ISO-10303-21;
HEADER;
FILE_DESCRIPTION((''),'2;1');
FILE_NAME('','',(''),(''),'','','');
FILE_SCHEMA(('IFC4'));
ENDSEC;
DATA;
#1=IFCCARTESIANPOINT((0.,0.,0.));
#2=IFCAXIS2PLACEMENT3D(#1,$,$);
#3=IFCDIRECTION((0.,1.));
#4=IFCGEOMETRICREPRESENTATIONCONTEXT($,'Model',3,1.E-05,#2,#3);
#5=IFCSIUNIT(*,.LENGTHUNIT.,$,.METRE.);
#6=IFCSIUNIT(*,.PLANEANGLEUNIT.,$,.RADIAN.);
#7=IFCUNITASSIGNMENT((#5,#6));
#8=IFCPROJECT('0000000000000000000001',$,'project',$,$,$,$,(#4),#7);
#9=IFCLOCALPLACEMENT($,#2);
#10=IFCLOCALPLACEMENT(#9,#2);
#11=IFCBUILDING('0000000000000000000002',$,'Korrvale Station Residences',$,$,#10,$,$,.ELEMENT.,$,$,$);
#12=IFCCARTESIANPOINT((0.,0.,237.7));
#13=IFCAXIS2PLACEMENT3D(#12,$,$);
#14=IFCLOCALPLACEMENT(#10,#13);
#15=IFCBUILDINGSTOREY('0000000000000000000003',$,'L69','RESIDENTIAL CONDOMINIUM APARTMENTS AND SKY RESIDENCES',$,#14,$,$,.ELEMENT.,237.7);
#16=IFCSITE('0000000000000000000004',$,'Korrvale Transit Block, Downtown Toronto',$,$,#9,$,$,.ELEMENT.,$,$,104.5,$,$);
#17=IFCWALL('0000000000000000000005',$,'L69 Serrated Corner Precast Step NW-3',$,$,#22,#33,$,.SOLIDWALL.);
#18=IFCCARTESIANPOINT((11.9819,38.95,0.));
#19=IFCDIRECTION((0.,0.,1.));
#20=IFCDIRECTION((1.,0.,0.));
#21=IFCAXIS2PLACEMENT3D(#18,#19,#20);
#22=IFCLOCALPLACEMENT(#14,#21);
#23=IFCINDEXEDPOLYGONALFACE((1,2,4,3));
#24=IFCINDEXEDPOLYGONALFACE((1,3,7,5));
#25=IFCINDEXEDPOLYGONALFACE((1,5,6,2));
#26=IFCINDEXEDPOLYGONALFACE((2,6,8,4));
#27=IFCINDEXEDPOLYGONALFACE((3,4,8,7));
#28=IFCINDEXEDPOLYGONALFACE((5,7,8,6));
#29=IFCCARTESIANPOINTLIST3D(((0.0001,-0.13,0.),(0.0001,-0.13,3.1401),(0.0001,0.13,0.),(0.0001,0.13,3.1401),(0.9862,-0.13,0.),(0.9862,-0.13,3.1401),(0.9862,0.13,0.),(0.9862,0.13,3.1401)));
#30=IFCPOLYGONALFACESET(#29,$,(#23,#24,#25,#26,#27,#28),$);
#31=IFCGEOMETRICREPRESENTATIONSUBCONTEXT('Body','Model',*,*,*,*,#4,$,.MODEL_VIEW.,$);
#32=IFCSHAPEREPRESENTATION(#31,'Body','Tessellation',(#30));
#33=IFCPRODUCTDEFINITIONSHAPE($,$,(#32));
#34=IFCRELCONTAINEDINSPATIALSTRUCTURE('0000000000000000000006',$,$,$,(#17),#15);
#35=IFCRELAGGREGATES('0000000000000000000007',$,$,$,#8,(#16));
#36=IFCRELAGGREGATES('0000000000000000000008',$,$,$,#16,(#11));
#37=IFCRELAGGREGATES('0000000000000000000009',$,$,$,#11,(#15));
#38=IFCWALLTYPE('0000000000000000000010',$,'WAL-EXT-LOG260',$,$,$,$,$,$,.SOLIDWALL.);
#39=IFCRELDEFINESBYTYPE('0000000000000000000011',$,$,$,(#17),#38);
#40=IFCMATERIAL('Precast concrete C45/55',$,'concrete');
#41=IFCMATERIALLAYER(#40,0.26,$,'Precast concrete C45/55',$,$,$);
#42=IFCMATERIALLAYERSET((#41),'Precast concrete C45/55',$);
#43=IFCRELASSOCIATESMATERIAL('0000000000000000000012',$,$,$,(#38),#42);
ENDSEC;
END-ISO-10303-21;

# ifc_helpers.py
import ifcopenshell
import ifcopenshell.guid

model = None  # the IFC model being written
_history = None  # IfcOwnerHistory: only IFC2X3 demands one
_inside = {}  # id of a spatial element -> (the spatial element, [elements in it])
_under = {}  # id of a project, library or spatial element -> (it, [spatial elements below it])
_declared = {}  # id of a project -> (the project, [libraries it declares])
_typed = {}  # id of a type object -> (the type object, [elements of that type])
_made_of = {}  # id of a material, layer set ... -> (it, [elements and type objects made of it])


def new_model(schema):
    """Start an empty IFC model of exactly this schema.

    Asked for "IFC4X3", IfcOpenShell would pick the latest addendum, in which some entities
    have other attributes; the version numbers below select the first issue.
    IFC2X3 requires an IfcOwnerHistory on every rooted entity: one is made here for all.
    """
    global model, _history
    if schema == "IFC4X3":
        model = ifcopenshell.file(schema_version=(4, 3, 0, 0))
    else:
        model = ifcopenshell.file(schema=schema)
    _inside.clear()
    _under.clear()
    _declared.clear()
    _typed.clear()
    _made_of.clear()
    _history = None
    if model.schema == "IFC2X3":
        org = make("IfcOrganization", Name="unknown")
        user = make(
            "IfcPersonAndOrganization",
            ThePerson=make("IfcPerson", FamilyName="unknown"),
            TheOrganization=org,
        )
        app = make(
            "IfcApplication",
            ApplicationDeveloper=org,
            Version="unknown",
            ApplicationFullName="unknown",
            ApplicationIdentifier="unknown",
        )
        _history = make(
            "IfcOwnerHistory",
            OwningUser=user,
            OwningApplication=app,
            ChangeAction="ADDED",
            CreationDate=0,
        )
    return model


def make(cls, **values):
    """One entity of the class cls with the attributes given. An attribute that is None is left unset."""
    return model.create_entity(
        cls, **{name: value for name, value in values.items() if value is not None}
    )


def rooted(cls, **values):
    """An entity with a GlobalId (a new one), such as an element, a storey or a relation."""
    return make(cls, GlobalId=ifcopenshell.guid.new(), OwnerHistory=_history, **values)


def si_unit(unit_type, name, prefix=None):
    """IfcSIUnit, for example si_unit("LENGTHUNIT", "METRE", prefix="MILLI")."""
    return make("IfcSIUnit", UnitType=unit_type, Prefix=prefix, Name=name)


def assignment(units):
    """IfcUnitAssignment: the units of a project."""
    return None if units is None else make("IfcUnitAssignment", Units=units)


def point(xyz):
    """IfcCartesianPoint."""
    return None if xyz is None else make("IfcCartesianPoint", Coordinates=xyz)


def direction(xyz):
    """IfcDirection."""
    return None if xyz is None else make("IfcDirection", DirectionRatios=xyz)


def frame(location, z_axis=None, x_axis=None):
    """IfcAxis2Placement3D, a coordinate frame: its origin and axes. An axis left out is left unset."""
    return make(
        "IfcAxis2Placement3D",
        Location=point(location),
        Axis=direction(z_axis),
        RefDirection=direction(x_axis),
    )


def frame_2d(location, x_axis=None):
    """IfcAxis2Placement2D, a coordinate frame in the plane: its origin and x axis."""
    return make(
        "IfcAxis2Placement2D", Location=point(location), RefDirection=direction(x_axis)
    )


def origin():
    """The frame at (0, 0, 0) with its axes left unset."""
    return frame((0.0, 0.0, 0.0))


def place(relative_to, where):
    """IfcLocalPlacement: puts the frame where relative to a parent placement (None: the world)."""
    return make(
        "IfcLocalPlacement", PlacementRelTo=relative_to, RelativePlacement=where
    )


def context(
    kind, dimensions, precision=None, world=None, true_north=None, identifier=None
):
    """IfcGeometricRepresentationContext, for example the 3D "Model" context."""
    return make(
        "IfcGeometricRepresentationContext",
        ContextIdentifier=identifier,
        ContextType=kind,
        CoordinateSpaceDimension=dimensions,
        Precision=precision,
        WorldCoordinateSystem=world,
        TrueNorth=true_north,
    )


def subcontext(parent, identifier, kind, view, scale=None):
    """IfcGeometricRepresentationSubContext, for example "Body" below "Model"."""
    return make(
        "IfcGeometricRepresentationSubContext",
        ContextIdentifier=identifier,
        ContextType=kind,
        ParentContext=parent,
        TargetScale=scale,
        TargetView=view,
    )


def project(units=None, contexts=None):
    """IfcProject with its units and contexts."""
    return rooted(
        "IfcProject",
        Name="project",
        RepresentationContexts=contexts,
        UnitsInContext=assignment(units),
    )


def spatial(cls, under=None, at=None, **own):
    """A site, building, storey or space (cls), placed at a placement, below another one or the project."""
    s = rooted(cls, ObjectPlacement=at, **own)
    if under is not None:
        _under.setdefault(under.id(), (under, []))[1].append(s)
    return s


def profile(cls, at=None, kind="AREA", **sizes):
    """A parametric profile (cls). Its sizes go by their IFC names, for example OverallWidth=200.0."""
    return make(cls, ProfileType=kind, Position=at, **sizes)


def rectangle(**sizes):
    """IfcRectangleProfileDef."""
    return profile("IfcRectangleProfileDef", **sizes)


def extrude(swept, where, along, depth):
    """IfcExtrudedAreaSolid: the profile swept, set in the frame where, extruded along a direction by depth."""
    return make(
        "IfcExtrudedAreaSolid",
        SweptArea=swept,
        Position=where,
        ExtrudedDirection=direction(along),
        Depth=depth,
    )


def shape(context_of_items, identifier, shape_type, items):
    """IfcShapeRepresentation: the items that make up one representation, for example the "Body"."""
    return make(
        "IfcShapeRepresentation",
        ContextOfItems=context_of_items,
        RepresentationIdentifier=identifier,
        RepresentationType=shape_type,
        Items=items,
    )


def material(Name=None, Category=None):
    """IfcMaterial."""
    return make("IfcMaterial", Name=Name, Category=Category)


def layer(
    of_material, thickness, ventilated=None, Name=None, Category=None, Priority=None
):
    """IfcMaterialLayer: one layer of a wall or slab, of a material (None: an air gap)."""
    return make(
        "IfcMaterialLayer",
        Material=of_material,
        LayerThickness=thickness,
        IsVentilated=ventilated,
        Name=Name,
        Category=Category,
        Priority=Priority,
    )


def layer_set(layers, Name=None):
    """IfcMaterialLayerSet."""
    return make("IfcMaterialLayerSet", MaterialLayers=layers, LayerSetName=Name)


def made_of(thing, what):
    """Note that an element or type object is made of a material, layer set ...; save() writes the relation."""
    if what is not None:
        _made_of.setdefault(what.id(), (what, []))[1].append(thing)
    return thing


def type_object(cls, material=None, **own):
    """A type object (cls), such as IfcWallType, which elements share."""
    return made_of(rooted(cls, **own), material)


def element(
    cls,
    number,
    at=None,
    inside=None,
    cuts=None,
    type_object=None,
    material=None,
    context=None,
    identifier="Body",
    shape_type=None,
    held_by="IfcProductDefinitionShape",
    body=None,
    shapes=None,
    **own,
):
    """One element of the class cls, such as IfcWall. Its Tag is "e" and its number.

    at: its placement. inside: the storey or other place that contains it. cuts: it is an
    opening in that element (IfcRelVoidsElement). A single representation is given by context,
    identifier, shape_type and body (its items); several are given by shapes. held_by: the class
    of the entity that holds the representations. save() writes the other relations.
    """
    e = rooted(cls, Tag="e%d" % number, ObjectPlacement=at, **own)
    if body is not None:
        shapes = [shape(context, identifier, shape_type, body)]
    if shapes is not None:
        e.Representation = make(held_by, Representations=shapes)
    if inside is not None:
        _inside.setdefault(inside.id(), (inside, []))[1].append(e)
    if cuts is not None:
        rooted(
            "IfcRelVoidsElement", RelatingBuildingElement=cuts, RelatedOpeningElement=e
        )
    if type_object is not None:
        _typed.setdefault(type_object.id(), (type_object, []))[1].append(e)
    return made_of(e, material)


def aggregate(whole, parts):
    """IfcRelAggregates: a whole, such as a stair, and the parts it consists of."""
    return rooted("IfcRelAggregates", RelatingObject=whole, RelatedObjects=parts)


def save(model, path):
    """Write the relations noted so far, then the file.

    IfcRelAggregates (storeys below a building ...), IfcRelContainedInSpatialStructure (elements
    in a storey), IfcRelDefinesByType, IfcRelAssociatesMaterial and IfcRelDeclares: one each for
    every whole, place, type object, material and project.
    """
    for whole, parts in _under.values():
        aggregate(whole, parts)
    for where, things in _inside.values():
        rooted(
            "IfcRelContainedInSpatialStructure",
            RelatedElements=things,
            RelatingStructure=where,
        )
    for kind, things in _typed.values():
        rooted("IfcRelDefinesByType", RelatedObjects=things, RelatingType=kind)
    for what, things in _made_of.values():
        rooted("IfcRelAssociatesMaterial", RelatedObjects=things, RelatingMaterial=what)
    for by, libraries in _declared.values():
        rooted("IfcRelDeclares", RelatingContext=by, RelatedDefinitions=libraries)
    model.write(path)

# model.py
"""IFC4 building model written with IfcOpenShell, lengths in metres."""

from ifc_helpers import new_model, si_unit, direction, frame, frame_2d, origin, place, context, subcontext, project, spatial, rectangle, extrude, material, layer, layer_set, type_object, element, save


model = new_model("IFC4")

# Units and contexts
model_context = context("Model", 3, precision=1e-05, world=origin(), true_north=direction((0.0, 1.0)))
body_context = subcontext(model_context, "Body", "Model", "MODEL_VIEW")
ifc_project = project(units=[si_unit("LENGTHUNIT", "METRE"), si_unit("PLANEANGLEUNIT", "RADIAN")], contexts=[model_context])

# Site, building, storey
site_placement = place(None, origin())
site = spatial("IfcSite", under=ifc_project, at=site_placement, Name="Korrvale Transit Block, Downtown Toronto", CompositionType="ELEMENT", RefElevation=104.5)
building_placement = place(site_placement, origin())
building = spatial("IfcBuilding", under=site, at=building_placement, Name="Korrvale Station Residences", CompositionType="ELEMENT")
storey_placement = place(building_placement, frame((0.0, 0.0, 237.7)))
storey = spatial("IfcBuildingStorey", under=building, at=storey_placement, Name="L69", Description="RESIDENTIAL CONDOMINIUM APARTMENTS AND SKY RESIDENCES", CompositionType="ELEMENT", Elevation=237.7)

# Wall
ifc_material_1 = material(Name="Precast concrete C45/55", Category="concrete")
ifc_layer_1 = layer(ifc_material_1, 0.26, Name="Precast concrete C45/55")
ifc_layer_set_1 = layer_set([ifc_layer_1], Name="Precast concrete C45/55")
wall_type_1 = type_object("IfcWallType", Name="WAL-EXT-LOG260", PredefinedType="SOLIDWALL", material=ifc_layer_set_1)
wall_1_placement = place(storey_placement, frame((11.9819, 38.95, 0.0), z_axis=(0.0, 0.0, 1.0), x_axis=(1.0, 0.0, 0.0)))
element("IfcWall", 1, at=wall_1_placement, inside=storey, type_object=wall_type_1, Name="L69 Serrated Corner Precast Step NW-3", PredefinedType="SOLIDWALL", context=body_context, shape_type="SweptSolid", body=[
    extrude(rectangle(XDim=0.9861, YDim=0.26, at=frame_2d((0.4932, 0.0))), origin(), (0.0, 0.0, 1.0), 3.1401),
])

save(model, "model.ifc")
